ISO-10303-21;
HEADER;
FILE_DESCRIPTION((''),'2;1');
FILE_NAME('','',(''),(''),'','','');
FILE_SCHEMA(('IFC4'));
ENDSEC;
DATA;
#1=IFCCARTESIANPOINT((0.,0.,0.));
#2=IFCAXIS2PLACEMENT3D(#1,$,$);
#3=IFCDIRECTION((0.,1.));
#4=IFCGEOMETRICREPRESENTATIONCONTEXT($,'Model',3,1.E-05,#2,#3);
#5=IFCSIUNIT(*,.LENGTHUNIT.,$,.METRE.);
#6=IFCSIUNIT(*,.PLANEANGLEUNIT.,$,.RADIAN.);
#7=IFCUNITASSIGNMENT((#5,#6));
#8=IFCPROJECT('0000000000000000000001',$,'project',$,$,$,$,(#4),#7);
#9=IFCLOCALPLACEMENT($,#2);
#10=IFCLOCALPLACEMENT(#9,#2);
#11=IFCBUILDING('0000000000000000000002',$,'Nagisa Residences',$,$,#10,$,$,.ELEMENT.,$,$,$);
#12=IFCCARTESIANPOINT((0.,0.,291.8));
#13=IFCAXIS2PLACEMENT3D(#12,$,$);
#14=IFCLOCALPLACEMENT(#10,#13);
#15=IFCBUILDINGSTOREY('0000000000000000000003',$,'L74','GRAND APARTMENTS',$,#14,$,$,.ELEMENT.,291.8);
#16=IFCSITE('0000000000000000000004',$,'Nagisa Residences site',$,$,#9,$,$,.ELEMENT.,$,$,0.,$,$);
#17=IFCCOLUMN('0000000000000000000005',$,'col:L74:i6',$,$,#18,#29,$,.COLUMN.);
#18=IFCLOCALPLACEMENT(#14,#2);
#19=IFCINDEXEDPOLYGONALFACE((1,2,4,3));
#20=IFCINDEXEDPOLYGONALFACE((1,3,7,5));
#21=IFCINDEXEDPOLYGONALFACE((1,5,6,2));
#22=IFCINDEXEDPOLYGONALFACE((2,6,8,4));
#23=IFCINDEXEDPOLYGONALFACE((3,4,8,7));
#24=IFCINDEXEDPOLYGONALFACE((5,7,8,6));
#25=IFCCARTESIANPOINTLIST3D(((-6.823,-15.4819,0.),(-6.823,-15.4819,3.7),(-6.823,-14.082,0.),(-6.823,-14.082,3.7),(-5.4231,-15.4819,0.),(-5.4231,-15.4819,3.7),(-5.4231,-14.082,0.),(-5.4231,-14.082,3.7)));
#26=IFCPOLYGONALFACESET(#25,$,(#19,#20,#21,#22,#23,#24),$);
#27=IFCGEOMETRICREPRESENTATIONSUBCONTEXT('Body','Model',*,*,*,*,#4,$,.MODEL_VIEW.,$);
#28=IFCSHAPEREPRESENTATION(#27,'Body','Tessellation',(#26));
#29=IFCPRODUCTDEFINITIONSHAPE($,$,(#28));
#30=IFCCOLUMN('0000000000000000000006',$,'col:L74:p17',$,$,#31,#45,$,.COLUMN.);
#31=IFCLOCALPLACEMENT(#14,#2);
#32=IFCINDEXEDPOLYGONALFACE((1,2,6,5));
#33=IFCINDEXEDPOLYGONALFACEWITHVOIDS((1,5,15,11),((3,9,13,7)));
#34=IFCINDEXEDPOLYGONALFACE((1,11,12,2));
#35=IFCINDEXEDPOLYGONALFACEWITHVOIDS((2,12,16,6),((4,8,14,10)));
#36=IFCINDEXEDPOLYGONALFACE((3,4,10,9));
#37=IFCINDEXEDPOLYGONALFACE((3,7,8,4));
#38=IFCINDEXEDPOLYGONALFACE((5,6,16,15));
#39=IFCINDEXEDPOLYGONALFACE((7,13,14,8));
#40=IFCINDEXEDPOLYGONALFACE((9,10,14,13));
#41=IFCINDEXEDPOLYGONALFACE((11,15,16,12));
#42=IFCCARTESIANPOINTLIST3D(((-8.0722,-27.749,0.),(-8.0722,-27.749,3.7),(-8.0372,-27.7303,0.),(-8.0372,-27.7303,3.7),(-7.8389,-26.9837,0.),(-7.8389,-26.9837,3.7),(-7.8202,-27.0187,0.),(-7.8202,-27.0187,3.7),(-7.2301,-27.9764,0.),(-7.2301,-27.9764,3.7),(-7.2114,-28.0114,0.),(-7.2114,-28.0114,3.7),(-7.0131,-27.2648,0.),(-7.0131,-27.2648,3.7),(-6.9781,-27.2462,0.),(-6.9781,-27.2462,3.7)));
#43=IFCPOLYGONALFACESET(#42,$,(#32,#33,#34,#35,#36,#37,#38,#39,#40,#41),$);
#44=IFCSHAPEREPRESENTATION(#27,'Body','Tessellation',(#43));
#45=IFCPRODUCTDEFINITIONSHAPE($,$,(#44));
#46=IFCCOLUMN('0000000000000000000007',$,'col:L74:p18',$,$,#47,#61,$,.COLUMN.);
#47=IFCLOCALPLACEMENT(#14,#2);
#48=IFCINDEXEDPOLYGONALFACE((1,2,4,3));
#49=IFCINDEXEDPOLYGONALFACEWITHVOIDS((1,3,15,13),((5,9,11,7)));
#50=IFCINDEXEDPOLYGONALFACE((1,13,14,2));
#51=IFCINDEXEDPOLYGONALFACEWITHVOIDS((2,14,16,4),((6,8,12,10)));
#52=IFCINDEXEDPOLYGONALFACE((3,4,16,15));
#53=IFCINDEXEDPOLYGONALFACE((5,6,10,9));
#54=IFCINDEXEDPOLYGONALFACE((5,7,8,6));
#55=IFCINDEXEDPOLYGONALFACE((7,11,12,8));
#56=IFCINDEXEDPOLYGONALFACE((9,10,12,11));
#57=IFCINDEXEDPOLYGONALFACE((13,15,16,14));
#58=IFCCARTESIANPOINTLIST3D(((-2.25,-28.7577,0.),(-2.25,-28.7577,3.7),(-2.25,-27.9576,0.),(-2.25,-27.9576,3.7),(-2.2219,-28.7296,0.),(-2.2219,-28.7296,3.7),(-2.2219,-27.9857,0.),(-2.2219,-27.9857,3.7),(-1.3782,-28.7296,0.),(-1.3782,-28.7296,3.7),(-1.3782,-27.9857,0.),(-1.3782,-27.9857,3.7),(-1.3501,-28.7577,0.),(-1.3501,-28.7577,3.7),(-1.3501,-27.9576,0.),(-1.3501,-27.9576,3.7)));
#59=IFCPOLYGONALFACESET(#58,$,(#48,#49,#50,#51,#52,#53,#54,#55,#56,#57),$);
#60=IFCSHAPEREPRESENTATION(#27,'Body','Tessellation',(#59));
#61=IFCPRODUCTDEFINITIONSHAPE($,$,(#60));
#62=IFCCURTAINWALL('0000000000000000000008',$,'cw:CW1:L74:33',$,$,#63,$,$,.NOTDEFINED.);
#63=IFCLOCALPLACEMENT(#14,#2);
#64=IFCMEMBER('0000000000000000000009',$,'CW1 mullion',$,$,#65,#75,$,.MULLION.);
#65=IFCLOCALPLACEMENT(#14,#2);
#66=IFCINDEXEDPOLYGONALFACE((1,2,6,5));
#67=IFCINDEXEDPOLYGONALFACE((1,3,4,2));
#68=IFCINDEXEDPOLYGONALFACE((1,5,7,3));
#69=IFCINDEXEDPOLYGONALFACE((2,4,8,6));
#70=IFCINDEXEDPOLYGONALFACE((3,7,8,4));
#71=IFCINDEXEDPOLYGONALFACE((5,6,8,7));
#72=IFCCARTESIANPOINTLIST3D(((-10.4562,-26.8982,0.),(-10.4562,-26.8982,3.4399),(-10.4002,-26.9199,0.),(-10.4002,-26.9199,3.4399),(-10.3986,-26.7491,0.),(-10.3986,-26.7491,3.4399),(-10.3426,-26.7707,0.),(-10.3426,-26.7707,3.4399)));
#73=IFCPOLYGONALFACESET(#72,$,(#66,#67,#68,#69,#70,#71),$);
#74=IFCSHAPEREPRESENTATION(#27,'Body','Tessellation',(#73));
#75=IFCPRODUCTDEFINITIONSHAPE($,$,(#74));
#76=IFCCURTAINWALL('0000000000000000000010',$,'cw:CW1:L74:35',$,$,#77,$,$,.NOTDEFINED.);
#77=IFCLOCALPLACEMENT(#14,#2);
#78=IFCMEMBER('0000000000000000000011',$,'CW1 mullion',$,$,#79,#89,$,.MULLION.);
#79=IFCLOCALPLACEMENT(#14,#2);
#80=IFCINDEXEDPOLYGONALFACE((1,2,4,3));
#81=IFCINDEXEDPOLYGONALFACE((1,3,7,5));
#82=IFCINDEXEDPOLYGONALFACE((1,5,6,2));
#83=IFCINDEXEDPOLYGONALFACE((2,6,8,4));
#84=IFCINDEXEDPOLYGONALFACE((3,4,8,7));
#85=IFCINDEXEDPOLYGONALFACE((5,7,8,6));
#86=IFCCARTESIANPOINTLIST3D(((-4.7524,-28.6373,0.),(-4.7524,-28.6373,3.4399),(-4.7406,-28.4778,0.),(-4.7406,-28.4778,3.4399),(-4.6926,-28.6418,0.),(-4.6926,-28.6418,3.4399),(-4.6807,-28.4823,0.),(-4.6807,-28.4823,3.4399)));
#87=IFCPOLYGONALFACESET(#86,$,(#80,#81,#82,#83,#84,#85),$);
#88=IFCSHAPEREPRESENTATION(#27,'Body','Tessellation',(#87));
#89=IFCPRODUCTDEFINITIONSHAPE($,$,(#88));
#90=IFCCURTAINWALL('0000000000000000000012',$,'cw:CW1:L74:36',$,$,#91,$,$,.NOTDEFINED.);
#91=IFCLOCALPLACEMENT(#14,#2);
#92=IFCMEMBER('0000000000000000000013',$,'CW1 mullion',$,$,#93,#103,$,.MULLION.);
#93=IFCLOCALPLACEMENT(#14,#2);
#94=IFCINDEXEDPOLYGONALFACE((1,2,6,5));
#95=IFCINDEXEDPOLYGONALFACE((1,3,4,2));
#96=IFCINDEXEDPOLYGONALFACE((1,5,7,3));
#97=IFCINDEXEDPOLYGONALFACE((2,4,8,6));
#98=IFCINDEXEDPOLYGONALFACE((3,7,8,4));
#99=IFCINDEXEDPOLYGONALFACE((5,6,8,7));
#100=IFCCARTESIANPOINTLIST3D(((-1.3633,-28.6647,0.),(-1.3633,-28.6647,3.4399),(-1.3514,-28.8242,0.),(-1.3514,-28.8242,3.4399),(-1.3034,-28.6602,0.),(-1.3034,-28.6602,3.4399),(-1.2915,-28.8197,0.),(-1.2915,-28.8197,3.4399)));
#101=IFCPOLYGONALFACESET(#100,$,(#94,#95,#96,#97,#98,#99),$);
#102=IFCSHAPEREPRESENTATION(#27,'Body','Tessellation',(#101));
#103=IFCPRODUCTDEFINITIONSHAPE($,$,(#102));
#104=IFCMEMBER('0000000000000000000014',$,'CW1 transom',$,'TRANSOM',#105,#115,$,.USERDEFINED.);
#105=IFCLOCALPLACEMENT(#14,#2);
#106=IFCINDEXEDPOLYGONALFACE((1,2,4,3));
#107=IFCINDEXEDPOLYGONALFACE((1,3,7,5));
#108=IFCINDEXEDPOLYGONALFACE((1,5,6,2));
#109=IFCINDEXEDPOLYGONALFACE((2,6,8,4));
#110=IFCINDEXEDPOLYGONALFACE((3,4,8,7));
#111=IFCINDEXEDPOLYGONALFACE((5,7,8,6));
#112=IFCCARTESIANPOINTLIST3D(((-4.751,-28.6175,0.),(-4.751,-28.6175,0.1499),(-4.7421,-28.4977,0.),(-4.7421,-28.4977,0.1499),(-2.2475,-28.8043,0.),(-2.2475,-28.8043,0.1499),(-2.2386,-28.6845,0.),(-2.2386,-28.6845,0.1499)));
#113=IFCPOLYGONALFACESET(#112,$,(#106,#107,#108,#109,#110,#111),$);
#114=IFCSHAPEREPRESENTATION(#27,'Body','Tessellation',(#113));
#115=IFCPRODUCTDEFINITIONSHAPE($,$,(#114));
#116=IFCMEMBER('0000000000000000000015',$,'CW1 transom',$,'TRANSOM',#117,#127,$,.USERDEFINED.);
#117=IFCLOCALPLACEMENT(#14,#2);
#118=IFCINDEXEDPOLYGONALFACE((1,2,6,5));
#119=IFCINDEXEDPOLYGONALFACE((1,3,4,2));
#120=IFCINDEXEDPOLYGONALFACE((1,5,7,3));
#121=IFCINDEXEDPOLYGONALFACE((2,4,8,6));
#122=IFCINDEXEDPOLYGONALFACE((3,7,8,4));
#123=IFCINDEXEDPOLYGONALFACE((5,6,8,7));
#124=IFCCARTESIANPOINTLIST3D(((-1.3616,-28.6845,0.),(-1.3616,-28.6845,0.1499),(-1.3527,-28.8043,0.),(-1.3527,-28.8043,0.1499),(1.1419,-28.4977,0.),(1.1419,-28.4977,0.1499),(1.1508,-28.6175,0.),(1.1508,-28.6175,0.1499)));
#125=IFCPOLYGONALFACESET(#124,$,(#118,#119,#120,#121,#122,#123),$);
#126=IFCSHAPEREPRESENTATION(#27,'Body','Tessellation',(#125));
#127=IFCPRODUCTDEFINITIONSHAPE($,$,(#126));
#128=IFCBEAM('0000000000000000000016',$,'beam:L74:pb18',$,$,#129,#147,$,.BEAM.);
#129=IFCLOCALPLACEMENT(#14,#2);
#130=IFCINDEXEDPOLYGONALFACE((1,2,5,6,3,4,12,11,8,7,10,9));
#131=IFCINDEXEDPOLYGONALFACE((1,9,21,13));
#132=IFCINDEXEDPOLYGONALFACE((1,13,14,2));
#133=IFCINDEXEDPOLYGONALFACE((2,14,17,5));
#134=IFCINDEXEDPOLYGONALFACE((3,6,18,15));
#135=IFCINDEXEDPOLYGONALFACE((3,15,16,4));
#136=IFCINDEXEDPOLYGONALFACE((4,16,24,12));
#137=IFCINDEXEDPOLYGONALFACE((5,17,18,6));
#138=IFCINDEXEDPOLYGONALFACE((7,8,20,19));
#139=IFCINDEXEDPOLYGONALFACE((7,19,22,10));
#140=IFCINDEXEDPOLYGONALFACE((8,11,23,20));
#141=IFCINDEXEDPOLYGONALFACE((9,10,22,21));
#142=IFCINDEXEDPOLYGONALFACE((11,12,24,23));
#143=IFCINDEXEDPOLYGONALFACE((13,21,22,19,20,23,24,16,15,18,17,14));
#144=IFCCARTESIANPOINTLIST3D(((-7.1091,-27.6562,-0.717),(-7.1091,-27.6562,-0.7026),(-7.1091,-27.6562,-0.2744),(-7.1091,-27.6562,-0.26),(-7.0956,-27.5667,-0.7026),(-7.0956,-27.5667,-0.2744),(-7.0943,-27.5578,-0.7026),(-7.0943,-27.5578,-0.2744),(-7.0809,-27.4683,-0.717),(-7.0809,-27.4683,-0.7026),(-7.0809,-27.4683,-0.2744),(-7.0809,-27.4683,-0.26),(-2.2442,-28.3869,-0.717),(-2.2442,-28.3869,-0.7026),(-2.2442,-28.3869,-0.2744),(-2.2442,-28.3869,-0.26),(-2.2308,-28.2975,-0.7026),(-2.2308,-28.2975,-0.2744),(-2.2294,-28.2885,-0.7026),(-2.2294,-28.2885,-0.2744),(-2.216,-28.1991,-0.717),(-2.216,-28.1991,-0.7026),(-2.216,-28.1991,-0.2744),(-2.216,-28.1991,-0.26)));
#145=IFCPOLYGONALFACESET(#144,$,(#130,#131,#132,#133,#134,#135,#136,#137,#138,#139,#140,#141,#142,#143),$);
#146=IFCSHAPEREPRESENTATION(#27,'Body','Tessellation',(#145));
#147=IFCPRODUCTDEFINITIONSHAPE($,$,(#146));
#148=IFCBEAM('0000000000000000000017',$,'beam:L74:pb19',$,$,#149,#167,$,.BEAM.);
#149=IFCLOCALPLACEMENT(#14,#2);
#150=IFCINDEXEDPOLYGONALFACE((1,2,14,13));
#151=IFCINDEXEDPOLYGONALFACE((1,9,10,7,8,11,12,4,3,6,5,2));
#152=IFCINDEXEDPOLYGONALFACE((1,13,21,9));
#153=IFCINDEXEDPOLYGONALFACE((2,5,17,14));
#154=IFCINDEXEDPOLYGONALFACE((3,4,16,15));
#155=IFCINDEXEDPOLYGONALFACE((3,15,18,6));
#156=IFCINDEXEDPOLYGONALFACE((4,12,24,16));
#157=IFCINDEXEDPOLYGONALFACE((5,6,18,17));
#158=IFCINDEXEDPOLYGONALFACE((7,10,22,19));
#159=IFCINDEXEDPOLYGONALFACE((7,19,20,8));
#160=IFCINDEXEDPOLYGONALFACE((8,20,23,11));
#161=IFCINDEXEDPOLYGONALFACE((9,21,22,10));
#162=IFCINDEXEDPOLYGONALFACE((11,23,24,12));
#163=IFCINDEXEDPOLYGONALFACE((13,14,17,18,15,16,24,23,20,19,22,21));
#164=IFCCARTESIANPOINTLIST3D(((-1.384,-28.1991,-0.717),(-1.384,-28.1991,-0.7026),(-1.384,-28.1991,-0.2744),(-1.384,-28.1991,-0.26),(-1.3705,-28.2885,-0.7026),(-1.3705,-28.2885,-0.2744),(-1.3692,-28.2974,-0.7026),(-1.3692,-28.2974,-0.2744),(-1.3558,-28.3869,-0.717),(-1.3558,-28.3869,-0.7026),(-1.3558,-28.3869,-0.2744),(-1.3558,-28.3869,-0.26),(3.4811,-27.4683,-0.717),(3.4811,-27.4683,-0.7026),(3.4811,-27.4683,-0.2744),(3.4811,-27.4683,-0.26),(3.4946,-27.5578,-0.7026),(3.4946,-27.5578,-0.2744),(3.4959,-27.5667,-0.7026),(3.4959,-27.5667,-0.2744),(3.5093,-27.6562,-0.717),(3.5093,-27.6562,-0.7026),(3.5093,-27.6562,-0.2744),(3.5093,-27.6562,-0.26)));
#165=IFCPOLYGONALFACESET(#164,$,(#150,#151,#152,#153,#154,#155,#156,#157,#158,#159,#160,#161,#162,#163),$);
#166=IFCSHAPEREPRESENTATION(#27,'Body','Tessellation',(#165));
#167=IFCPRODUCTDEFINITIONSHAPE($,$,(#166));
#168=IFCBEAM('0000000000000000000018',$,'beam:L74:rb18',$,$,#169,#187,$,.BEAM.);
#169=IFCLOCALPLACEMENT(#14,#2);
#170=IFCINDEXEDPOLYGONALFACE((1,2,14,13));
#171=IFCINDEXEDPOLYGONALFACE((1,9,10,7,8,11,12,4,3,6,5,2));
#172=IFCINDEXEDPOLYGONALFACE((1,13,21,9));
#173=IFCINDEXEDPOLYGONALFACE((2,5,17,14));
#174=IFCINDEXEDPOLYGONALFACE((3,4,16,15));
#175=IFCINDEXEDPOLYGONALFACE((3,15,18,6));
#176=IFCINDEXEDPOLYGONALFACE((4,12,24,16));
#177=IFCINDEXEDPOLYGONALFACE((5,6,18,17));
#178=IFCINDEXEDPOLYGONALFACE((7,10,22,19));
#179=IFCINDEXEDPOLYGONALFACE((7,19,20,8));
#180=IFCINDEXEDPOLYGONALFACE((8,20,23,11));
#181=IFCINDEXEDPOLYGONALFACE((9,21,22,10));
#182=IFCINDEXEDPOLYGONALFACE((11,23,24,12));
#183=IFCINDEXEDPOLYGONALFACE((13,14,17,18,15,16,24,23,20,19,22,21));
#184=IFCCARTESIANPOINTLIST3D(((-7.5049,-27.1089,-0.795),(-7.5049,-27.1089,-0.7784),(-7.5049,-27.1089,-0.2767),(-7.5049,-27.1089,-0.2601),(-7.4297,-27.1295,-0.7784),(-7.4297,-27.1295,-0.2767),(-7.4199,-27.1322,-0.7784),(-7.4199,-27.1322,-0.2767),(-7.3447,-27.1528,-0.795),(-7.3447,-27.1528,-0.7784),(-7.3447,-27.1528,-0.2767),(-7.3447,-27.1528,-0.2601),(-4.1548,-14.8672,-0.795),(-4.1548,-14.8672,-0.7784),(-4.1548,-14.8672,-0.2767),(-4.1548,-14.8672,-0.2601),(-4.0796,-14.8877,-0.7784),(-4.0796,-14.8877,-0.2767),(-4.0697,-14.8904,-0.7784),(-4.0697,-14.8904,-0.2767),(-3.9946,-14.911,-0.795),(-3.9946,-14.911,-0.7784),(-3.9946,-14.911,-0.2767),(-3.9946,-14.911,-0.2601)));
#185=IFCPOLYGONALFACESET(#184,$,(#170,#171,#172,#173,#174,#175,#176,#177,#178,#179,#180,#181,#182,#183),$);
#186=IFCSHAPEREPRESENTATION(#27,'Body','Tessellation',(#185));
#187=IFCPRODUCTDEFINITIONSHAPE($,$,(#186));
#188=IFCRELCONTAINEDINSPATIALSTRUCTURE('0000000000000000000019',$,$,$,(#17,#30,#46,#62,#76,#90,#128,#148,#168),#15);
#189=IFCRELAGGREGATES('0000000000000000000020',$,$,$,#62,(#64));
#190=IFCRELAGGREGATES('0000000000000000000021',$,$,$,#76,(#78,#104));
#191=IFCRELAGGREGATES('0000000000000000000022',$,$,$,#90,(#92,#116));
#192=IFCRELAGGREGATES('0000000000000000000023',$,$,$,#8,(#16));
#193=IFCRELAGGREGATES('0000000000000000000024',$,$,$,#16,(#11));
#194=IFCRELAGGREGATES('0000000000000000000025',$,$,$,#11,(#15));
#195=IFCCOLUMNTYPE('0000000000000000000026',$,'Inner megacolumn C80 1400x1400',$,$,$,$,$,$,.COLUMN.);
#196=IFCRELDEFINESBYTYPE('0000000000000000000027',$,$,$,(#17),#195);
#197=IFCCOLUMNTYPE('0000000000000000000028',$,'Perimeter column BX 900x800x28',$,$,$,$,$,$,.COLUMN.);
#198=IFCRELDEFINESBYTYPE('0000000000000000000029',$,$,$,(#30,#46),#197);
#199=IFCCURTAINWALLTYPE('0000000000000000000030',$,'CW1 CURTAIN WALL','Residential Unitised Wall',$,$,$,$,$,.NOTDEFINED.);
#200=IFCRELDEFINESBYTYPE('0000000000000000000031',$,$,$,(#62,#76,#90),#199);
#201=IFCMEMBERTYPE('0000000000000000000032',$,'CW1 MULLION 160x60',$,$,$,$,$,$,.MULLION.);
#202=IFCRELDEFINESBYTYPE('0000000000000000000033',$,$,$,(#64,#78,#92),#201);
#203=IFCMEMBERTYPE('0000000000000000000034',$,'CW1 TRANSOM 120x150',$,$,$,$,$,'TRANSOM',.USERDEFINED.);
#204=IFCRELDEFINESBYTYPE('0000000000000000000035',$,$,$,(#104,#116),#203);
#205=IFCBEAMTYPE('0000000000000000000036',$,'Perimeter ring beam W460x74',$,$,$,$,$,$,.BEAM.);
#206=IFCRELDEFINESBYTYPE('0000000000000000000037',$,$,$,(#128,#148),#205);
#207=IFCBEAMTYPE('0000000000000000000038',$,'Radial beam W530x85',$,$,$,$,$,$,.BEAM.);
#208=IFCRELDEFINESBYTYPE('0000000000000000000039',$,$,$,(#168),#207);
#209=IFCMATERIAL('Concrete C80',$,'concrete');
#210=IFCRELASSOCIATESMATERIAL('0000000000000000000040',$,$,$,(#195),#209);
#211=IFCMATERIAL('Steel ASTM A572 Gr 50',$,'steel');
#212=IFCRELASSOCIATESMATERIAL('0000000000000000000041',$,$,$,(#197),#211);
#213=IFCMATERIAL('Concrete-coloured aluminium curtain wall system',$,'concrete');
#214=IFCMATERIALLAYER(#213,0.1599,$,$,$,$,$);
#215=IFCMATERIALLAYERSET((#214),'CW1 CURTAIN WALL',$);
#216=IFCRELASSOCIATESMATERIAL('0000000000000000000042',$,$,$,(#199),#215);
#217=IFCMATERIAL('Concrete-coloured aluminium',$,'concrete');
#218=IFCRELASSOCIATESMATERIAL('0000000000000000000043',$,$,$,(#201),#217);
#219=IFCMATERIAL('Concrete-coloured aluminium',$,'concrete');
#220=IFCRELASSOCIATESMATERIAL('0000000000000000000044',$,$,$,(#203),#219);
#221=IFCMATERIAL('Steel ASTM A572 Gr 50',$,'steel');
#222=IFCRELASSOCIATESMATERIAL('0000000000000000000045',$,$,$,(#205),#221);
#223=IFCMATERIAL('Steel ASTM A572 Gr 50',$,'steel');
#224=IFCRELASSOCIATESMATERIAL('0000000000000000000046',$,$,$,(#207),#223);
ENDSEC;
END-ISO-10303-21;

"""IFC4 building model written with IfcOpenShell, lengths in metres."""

from ifc_helpers import new_model, si_unit, direction, frame, origin, origin_2d, place, context, subcontext, project, spatial, rectangle, hollow_rectangle, i_section, extrude, material, layer, layer_set, material_profile, profile_set, type_object, element, aggregate, save


model = new_model("IFC4")

# Units and contexts
model_context = context("Model", 3, precision=1e-05, world=origin(), true_north=direction((0.0, 1.0)))
body_context = subcontext(model_context, "Body", "Model", "MODEL_VIEW")
ifc_project = project(units=[si_unit("LENGTHUNIT", "METRE"), si_unit("PLANEANGLEUNIT", "RADIAN")], contexts=[model_context])

# Site, building, storey
site_placement = place(None, origin())
site = spatial("IfcSite", under=ifc_project, at=site_placement, Name="Nagisa Residences site", CompositionType="ELEMENT", RefElevation=0.0)
building_placement = place(site_placement, origin())
building = spatial("IfcBuilding", under=site, at=building_placement, Name="Nagisa Residences", CompositionType="ELEMENT")
storey_placement = place(building_placement, frame((0.0, 0.0, 291.8)))
storey = spatial("IfcBuildingStorey", under=building, at=storey_placement, Name="L74", Description="GRAND APARTMENTS", CompositionType="ELEMENT", Elevation=291.8)

# Columns
ifc_material_1 = material(Name="Concrete C80", Category="concrete")
ifc_material_profile_1 = material_profile(ifc_material_1, rectangle(XDim=1.3999, YDim=1.3999, at=origin_2d()), Name="C80 1400x1400")
ifc_profile_set_1 = profile_set([ifc_material_profile_1], Name="Concrete C80")
column_type_1 = type_object("IfcColumnType", Name="Inner megacolumn C80 1400x1400", PredefinedType="COLUMN", material=ifc_profile_set_1)
column_placement = place(storey_placement, frame((-6.123, -14.782, 0.0), z_axis=(0.0, 0.0, 1.0), x_axis=(1.0, 0.0, 0.0)))
element("IfcColumn", 1, at=column_placement, inside=storey, type_object=column_type_1, Name="col:L74:i6", PredefinedType="COLUMN", context=body_context, shape_type="SweptSolid", body=[
    extrude(rectangle(XDim=1.3999, YDim=1.3999, at=origin_2d()), origin(), (0.0, 0.0, 1.0), 3.7),
])
ifc_material_2 = material(Name="Steel ASTM A572 Gr 50", Category="steel")
ifc_material_profile_2 = material_profile(ifc_material_2, hollow_rectangle(XDim=0.8999, YDim=0.8, WallThickness=0.0281, at=origin_2d()), Name="BX 900x800x28")
ifc_profile_set_2 = profile_set([ifc_material_profile_2], Name="Steel ASTM A572 Gr 50")
column_type_2 = type_object("IfcColumnType", Name="Perimeter column BX 900x800x28", PredefinedType="COLUMN", material=ifc_profile_set_2)
for number, where, z_axis, x_axis, name in (
    (2, (-7.5251, -27.4976, 0.0), (0.0, 0.0, 1.0), (0.956525, -0.291652, 0.0), "col:L74:p17"),
    (3, (-1.8, -28.3577, 0.0), (0.0, 0.0, 1.0), (1.0, 0.0, 0.0), "col:L74:p18"),
):
    element("IfcColumn", number, at=place(storey_placement, frame(where, z_axis=z_axis, x_axis=x_axis)), inside=storey, type_object=column_type_2, Name=name, PredefinedType="COLUMN", context=body_context, shape_type="SweptSolid", body=[
        extrude(hollow_rectangle(XDim=0.8999, YDim=0.8, WallThickness=0.0281, at=origin_2d()), origin(), (0.0, 0.0, 1.0), 3.7),
    ])

# Curtain walls, members
ifc_material_3 = material(Name="Concrete-coloured aluminium curtain wall system", Category="concrete")
ifc_layer_1 = layer(ifc_material_3, 0.1599)
ifc_layer_set_1 = layer_set([ifc_layer_1], Name="CW1 CURTAIN WALL")
curtain_wall_type = type_object("IfcCurtainWallType", Name="CW1 CURTAIN WALL", Description="Residential Unitised Wall", PredefinedType="NOTDEFINED", material=ifc_layer_set_1)
curtain_wall_1_placement = place(storey_placement, origin())
curtain_wall_1 = element("IfcCurtainWall", 4, at=curtain_wall_1_placement, inside=storey, type_object=curtain_wall_type, Name="cw:CW1:L74:33", PredefinedType="NOTDEFINED")
ifc_material_4 = material(Name="Concrete-coloured aluminium", Category="concrete")
ifc_material_profile_3 = material_profile(ifc_material_4, rectangle(XDim=0.1599, YDim=0.0601, at=origin_2d()), Name="CW1 MULLION 160x60")
ifc_profile_set_3 = profile_set([ifc_material_profile_3], Name="Concrete-coloured aluminium")
member_type_1 = type_object("IfcMemberType", Name="CW1 MULLION 160x60", PredefinedType="MULLION", material=ifc_profile_set_3)
member_1_placement = place(storey_placement, frame((-10.3994, -26.8345, 0.0), z_axis=(0.0, 0.0, 1.0), x_axis=(0.360328, 0.932826, 0.0)))
member_1 = element("IfcMember", 5, at=member_1_placement, type_object=member_type_1, Name="CW1 mullion", PredefinedType="MULLION", context=body_context, shape_type="SweptSolid", body=[
    extrude(rectangle(XDim=0.1599, YDim=0.0601, at=origin_2d()), origin(), (0.0, 0.0, 1.0), 3.4399),
])
curtain_wall_2_placement = place(storey_placement, origin())
curtain_wall_2 = element("IfcCurtainWall", 6, at=curtain_wall_2_placement, inside=storey, type_object=curtain_wall_type, Name="cw:CW1:L74:35", PredefinedType="NOTDEFINED")
member_2_placement = place(storey_placement, frame((-4.7166, -28.5598, 0.0), z_axis=(0.0, 0.0, 1.0), x_axis=(0.074377, 0.99723, 0.0)))
member_2 = element("IfcMember", 7, at=member_2_placement, type_object=member_type_1, Name="CW1 mullion", PredefinedType="MULLION", context=body_context, shape_type="SweptSolid", body=[
    extrude(rectangle(XDim=0.1599, YDim=0.0601, at=origin_2d()), origin(), (0.0, 0.0, 1.0), 3.4399),
])
curtain_wall_3_placement = place(storey_placement, origin())
curtain_wall_3 = element("IfcCurtainWall", 8, at=curtain_wall_3_placement, inside=storey, type_object=curtain_wall_type, Name="cw:CW1:L74:36", PredefinedType="NOTDEFINED")
member_3_placement = place(storey_placement, frame((-1.3274, -28.7422, 0.0), z_axis=(0.0, 0.0, 1.0), x_axis=(-0.074377, 0.99723, 0.0)))
member_3 = element("IfcMember", 9, at=member_3_placement, type_object=member_type_1, Name="CW1 mullion", PredefinedType="MULLION", context=body_context, shape_type="SweptSolid", body=[
    extrude(rectangle(XDim=0.1599, YDim=0.0601, at=origin_2d()), origin(), (0.0, 0.0, 1.0), 3.4399),
])

# Members
ifc_material_5 = material(Name="Concrete-coloured aluminium", Category="concrete")
ifc_material_profile_4 = material_profile(ifc_material_5, rectangle(XDim=0.1201, YDim=0.1499, at=origin_2d()), Name="CW1 TRANSOM 120x150")
ifc_profile_set_4 = profile_set([ifc_material_profile_4], Name="Concrete-coloured aluminium")
member_type_2 = type_object("IfcMemberType", Name="CW1 TRANSOM 120x150", ElementType="TRANSOM", PredefinedType="USERDEFINED", material=ifc_profile_set_4)
member_4_placement = place(storey_placement, frame((-4.7466, -28.5576, 0.075), z_axis=(0.997229, -0.074391, 0.0), x_axis=(0.074391, 0.997229, 0.0)))
member_4 = element("IfcMember", 10, at=member_4_placement, type_object=member_type_2, Name="CW1 transom", ObjectType="TRANSOM", PredefinedType="USERDEFINED", context=body_context, shape_type="SweptSolid", body=[
    extrude(rectangle(XDim=0.1201, YDim=0.1499, at=origin_2d()), origin(), (0.0, 0.0, 1.0), 2.5105),
])
member_5_placement = place(storey_placement, frame((-1.3572, -28.7444, 0.075), z_axis=(0.997229, 0.074391, 0.0), x_axis=(-0.074391, 0.997229, 0.0)))
member_5 = element("IfcMember", 11, at=member_5_placement, type_object=member_type_2, Name="CW1 transom", ObjectType="TRANSOM", PredefinedType="USERDEFINED", context=body_context, shape_type="SweptSolid", body=[
    extrude(rectangle(XDim=0.1201, YDim=0.1499, at=origin_2d()), origin(), (0.0, 0.0, 1.0), 2.5105),
])

# Beams
ifc_material_6 = material(Name="Steel ASTM A572 Gr 50", Category="steel")
ifc_material_profile_5 = material_profile(ifc_material_6, i_section(OverallWidth=0.1899, OverallDepth=0.457, WebThickness=0.009, FlangeThickness=0.0144, at=origin_2d()), Name="W460x74")
ifc_profile_set_5 = profile_set([ifc_material_profile_5], Name="Steel ASTM A572 Gr 50")
beam_type_1 = type_object("IfcBeamType", Name="Perimeter ring beam W460x74", PredefinedType="BEAM", material=ifc_profile_set_5)
beam_1_placement = place(storey_placement, frame((-7.095, -27.5623, -0.4885), z_axis=(0.988906, -0.148539, 0.0), x_axis=(0.148539, 0.988906, 0.0)))
element("IfcBeam", 12, at=beam_1_placement, inside=storey, type_object=beam_type_1, Name="beam:L74:pb18", PredefinedType="BEAM", context=body_context, shape_type="SweptSolid", body=[
    extrude(i_section(OverallWidth=0.1899, OverallDepth=0.457, WebThickness=0.009, FlangeThickness=0.0144, at=origin_2d()), origin(), (0.0, 0.0, 1.0), 4.9194),
])
beam_2_placement = place(storey_placement, frame((-1.3699, -28.293, -0.4885), z_axis=(0.988908, 0.148532, 0.0), x_axis=(-0.148532, 0.988908, 0.0)))
element("IfcBeam", 13, at=beam_2_placement, inside=storey, type_object=beam_type_1, Name="beam:L74:pb19", PredefinedType="BEAM", context=body_context, shape_type="SweptSolid", body=[
    extrude(i_section(OverallWidth=0.1899, OverallDepth=0.457, WebThickness=0.009, FlangeThickness=0.0144, at=origin_2d()), origin(), (0.0, 0.0, 1.0), 4.9197),
])
ifc_material_7 = material(Name="Steel ASTM A572 Gr 50", Category="steel")
ifc_material_profile_6 = material_profile(ifc_material_7, i_section(OverallWidth=0.166, OverallDepth=0.5349, WebThickness=0.0103, FlangeThickness=0.0166, at=origin_2d()), Name="W530x85")
ifc_profile_set_6 = profile_set([ifc_material_profile_6], Name="Steel ASTM A572 Gr 50")
beam_type_2 = type_object("IfcBeamType", Name="Radial beam W530x85", PredefinedType="BEAM", material=ifc_profile_set_6)
beam_3_placement = place(storey_placement, frame((-7.4248, -27.1309, -0.5276), z_axis=(0.263957, 0.964534, 0.0), x_axis=(-0.964534, 0.263957, 0.0)))
element("IfcBeam", 14, at=beam_3_placement, inside=storey, type_object=beam_type_2, Name="beam:L74:rb18", PredefinedType="BEAM", context=body_context, shape_type="SweptSolid", body=[
    extrude(i_section(OverallWidth=0.166, OverallDepth=0.5349, WebThickness=0.0103, FlangeThickness=0.0166, at=origin_2d()), origin(), (0.0, 0.0, 1.0), 12.6919),
])

aggregate(curtain_wall_1, [member_1])
aggregate(curtain_wall_2, [member_2, member_4])
aggregate(curtain_wall_3, [member_3, member_5])

save(model, "model.ifc")
